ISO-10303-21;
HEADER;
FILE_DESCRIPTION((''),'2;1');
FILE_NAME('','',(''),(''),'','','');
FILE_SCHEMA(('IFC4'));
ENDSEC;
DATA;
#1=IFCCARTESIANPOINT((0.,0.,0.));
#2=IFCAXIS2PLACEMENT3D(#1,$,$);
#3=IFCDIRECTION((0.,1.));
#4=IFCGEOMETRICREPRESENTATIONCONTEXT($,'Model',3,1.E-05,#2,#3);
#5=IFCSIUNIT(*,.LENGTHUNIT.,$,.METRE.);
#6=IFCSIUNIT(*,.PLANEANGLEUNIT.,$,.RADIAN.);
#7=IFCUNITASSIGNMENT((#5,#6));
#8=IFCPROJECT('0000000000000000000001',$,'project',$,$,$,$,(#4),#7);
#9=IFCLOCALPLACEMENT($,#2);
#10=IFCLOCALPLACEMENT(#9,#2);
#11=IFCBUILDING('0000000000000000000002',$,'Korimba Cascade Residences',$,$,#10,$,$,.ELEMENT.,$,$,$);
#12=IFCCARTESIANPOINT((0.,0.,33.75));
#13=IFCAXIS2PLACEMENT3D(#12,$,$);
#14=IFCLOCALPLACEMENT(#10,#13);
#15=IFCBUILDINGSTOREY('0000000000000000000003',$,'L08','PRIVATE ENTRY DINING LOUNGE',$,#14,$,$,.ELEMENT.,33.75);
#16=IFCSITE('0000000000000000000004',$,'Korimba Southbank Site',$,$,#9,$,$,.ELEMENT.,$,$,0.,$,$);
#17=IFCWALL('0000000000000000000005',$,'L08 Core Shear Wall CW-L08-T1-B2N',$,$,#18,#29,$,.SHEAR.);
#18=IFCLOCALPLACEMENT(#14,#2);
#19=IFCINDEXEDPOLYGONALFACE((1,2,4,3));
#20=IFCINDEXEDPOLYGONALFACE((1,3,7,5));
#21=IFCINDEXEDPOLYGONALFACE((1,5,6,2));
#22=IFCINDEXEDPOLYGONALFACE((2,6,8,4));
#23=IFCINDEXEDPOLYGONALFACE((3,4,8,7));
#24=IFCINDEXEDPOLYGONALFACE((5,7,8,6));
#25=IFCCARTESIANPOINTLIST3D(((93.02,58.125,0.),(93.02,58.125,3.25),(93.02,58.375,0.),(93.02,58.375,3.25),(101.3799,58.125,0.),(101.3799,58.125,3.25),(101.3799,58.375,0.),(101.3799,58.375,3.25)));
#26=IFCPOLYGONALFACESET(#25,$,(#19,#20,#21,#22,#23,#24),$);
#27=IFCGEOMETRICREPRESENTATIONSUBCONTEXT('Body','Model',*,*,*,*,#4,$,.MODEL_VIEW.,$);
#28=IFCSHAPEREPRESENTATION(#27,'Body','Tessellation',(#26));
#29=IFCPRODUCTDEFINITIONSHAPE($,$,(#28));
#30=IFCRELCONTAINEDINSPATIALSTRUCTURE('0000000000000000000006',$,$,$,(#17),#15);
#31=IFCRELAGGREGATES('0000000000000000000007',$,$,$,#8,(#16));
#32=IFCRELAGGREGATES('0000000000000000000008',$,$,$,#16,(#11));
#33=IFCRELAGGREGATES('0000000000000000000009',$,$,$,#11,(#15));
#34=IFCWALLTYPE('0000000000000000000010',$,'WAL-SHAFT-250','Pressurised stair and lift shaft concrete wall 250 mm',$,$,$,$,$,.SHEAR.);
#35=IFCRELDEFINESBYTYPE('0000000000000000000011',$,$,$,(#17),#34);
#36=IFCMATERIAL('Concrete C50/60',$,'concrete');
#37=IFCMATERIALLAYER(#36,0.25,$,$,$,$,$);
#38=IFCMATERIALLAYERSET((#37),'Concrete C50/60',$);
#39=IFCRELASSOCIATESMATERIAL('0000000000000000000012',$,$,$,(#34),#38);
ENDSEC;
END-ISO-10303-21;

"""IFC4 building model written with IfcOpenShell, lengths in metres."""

from ifc_helpers import new_model, si_unit, direction, frame, frame_2d, origin, place, context, subcontext, project, spatial, rectangle, extrude, material, layer, layer_set, type_object, element, save


model = new_model("IFC4")

# Units and contexts
model_context = context("Model", 3, precision=1e-05, world=origin(), true_north=direction((0.0, 1.0)))
body_context = subcontext(model_context, "Body", "Model", "MODEL_VIEW")
ifc_project = project(units=[si_unit("LENGTHUNIT", "METRE"), si_unit("PLANEANGLEUNIT", "RADIAN")], contexts=[model_context])

# Site, building, storey
site_placement = place(None, origin())
site = spatial("IfcSite", under=ifc_project, at=site_placement, Name="Korimba Southbank Site", CompositionType="ELEMENT", RefElevation=0.0)
building_placement = place(site_placement, origin())
building = spatial("IfcBuilding", under=site, at=building_placement, Name="Korimba Cascade Residences", CompositionType="ELEMENT")
storey_placement = place(building_placement, frame((0.0, 0.0, 33.75)))
storey = spatial("IfcBuildingStorey", under=building, at=storey_placement, Name="L08", Description="PRIVATE ENTRY DINING LOUNGE", CompositionType="ELEMENT", Elevation=33.75)

# Shared definitions
ifc_material_1 = material(Name="Concrete C50/60", Category="concrete")

# Wall
ifc_layer_1 = layer(ifc_material_1, 0.25)
ifc_layer_set_1 = layer_set([ifc_layer_1], Name="Concrete C50/60")
wall_type_1 = type_object("IfcWallType", Name="WAL-SHAFT-250", Description="Pressurised stair and lift shaft concrete wall 250 mm", PredefinedType="SHEAR", material=ifc_layer_set_1)
wall_1_placement = place(storey_placement, frame((93.02, 58.25, 0.0), z_axis=(0.0, 0.0, 1.0), x_axis=(1.0, 0.0, 0.0)))
element("IfcWall", 1, at=wall_1_placement, inside=storey, type_object=wall_type_1, Name="L08 Core Shear Wall CW-L08-T1-B2N", PredefinedType="SHEAR", context=body_context, shape_type="SweptSolid", body=[
    extrude(rectangle(XDim=8.3599, YDim=0.25, at=frame_2d((4.1799, 0.0))), origin(), (0.0, 0.0, 1.0), 3.25),
])

save(model, "model.ifc")
